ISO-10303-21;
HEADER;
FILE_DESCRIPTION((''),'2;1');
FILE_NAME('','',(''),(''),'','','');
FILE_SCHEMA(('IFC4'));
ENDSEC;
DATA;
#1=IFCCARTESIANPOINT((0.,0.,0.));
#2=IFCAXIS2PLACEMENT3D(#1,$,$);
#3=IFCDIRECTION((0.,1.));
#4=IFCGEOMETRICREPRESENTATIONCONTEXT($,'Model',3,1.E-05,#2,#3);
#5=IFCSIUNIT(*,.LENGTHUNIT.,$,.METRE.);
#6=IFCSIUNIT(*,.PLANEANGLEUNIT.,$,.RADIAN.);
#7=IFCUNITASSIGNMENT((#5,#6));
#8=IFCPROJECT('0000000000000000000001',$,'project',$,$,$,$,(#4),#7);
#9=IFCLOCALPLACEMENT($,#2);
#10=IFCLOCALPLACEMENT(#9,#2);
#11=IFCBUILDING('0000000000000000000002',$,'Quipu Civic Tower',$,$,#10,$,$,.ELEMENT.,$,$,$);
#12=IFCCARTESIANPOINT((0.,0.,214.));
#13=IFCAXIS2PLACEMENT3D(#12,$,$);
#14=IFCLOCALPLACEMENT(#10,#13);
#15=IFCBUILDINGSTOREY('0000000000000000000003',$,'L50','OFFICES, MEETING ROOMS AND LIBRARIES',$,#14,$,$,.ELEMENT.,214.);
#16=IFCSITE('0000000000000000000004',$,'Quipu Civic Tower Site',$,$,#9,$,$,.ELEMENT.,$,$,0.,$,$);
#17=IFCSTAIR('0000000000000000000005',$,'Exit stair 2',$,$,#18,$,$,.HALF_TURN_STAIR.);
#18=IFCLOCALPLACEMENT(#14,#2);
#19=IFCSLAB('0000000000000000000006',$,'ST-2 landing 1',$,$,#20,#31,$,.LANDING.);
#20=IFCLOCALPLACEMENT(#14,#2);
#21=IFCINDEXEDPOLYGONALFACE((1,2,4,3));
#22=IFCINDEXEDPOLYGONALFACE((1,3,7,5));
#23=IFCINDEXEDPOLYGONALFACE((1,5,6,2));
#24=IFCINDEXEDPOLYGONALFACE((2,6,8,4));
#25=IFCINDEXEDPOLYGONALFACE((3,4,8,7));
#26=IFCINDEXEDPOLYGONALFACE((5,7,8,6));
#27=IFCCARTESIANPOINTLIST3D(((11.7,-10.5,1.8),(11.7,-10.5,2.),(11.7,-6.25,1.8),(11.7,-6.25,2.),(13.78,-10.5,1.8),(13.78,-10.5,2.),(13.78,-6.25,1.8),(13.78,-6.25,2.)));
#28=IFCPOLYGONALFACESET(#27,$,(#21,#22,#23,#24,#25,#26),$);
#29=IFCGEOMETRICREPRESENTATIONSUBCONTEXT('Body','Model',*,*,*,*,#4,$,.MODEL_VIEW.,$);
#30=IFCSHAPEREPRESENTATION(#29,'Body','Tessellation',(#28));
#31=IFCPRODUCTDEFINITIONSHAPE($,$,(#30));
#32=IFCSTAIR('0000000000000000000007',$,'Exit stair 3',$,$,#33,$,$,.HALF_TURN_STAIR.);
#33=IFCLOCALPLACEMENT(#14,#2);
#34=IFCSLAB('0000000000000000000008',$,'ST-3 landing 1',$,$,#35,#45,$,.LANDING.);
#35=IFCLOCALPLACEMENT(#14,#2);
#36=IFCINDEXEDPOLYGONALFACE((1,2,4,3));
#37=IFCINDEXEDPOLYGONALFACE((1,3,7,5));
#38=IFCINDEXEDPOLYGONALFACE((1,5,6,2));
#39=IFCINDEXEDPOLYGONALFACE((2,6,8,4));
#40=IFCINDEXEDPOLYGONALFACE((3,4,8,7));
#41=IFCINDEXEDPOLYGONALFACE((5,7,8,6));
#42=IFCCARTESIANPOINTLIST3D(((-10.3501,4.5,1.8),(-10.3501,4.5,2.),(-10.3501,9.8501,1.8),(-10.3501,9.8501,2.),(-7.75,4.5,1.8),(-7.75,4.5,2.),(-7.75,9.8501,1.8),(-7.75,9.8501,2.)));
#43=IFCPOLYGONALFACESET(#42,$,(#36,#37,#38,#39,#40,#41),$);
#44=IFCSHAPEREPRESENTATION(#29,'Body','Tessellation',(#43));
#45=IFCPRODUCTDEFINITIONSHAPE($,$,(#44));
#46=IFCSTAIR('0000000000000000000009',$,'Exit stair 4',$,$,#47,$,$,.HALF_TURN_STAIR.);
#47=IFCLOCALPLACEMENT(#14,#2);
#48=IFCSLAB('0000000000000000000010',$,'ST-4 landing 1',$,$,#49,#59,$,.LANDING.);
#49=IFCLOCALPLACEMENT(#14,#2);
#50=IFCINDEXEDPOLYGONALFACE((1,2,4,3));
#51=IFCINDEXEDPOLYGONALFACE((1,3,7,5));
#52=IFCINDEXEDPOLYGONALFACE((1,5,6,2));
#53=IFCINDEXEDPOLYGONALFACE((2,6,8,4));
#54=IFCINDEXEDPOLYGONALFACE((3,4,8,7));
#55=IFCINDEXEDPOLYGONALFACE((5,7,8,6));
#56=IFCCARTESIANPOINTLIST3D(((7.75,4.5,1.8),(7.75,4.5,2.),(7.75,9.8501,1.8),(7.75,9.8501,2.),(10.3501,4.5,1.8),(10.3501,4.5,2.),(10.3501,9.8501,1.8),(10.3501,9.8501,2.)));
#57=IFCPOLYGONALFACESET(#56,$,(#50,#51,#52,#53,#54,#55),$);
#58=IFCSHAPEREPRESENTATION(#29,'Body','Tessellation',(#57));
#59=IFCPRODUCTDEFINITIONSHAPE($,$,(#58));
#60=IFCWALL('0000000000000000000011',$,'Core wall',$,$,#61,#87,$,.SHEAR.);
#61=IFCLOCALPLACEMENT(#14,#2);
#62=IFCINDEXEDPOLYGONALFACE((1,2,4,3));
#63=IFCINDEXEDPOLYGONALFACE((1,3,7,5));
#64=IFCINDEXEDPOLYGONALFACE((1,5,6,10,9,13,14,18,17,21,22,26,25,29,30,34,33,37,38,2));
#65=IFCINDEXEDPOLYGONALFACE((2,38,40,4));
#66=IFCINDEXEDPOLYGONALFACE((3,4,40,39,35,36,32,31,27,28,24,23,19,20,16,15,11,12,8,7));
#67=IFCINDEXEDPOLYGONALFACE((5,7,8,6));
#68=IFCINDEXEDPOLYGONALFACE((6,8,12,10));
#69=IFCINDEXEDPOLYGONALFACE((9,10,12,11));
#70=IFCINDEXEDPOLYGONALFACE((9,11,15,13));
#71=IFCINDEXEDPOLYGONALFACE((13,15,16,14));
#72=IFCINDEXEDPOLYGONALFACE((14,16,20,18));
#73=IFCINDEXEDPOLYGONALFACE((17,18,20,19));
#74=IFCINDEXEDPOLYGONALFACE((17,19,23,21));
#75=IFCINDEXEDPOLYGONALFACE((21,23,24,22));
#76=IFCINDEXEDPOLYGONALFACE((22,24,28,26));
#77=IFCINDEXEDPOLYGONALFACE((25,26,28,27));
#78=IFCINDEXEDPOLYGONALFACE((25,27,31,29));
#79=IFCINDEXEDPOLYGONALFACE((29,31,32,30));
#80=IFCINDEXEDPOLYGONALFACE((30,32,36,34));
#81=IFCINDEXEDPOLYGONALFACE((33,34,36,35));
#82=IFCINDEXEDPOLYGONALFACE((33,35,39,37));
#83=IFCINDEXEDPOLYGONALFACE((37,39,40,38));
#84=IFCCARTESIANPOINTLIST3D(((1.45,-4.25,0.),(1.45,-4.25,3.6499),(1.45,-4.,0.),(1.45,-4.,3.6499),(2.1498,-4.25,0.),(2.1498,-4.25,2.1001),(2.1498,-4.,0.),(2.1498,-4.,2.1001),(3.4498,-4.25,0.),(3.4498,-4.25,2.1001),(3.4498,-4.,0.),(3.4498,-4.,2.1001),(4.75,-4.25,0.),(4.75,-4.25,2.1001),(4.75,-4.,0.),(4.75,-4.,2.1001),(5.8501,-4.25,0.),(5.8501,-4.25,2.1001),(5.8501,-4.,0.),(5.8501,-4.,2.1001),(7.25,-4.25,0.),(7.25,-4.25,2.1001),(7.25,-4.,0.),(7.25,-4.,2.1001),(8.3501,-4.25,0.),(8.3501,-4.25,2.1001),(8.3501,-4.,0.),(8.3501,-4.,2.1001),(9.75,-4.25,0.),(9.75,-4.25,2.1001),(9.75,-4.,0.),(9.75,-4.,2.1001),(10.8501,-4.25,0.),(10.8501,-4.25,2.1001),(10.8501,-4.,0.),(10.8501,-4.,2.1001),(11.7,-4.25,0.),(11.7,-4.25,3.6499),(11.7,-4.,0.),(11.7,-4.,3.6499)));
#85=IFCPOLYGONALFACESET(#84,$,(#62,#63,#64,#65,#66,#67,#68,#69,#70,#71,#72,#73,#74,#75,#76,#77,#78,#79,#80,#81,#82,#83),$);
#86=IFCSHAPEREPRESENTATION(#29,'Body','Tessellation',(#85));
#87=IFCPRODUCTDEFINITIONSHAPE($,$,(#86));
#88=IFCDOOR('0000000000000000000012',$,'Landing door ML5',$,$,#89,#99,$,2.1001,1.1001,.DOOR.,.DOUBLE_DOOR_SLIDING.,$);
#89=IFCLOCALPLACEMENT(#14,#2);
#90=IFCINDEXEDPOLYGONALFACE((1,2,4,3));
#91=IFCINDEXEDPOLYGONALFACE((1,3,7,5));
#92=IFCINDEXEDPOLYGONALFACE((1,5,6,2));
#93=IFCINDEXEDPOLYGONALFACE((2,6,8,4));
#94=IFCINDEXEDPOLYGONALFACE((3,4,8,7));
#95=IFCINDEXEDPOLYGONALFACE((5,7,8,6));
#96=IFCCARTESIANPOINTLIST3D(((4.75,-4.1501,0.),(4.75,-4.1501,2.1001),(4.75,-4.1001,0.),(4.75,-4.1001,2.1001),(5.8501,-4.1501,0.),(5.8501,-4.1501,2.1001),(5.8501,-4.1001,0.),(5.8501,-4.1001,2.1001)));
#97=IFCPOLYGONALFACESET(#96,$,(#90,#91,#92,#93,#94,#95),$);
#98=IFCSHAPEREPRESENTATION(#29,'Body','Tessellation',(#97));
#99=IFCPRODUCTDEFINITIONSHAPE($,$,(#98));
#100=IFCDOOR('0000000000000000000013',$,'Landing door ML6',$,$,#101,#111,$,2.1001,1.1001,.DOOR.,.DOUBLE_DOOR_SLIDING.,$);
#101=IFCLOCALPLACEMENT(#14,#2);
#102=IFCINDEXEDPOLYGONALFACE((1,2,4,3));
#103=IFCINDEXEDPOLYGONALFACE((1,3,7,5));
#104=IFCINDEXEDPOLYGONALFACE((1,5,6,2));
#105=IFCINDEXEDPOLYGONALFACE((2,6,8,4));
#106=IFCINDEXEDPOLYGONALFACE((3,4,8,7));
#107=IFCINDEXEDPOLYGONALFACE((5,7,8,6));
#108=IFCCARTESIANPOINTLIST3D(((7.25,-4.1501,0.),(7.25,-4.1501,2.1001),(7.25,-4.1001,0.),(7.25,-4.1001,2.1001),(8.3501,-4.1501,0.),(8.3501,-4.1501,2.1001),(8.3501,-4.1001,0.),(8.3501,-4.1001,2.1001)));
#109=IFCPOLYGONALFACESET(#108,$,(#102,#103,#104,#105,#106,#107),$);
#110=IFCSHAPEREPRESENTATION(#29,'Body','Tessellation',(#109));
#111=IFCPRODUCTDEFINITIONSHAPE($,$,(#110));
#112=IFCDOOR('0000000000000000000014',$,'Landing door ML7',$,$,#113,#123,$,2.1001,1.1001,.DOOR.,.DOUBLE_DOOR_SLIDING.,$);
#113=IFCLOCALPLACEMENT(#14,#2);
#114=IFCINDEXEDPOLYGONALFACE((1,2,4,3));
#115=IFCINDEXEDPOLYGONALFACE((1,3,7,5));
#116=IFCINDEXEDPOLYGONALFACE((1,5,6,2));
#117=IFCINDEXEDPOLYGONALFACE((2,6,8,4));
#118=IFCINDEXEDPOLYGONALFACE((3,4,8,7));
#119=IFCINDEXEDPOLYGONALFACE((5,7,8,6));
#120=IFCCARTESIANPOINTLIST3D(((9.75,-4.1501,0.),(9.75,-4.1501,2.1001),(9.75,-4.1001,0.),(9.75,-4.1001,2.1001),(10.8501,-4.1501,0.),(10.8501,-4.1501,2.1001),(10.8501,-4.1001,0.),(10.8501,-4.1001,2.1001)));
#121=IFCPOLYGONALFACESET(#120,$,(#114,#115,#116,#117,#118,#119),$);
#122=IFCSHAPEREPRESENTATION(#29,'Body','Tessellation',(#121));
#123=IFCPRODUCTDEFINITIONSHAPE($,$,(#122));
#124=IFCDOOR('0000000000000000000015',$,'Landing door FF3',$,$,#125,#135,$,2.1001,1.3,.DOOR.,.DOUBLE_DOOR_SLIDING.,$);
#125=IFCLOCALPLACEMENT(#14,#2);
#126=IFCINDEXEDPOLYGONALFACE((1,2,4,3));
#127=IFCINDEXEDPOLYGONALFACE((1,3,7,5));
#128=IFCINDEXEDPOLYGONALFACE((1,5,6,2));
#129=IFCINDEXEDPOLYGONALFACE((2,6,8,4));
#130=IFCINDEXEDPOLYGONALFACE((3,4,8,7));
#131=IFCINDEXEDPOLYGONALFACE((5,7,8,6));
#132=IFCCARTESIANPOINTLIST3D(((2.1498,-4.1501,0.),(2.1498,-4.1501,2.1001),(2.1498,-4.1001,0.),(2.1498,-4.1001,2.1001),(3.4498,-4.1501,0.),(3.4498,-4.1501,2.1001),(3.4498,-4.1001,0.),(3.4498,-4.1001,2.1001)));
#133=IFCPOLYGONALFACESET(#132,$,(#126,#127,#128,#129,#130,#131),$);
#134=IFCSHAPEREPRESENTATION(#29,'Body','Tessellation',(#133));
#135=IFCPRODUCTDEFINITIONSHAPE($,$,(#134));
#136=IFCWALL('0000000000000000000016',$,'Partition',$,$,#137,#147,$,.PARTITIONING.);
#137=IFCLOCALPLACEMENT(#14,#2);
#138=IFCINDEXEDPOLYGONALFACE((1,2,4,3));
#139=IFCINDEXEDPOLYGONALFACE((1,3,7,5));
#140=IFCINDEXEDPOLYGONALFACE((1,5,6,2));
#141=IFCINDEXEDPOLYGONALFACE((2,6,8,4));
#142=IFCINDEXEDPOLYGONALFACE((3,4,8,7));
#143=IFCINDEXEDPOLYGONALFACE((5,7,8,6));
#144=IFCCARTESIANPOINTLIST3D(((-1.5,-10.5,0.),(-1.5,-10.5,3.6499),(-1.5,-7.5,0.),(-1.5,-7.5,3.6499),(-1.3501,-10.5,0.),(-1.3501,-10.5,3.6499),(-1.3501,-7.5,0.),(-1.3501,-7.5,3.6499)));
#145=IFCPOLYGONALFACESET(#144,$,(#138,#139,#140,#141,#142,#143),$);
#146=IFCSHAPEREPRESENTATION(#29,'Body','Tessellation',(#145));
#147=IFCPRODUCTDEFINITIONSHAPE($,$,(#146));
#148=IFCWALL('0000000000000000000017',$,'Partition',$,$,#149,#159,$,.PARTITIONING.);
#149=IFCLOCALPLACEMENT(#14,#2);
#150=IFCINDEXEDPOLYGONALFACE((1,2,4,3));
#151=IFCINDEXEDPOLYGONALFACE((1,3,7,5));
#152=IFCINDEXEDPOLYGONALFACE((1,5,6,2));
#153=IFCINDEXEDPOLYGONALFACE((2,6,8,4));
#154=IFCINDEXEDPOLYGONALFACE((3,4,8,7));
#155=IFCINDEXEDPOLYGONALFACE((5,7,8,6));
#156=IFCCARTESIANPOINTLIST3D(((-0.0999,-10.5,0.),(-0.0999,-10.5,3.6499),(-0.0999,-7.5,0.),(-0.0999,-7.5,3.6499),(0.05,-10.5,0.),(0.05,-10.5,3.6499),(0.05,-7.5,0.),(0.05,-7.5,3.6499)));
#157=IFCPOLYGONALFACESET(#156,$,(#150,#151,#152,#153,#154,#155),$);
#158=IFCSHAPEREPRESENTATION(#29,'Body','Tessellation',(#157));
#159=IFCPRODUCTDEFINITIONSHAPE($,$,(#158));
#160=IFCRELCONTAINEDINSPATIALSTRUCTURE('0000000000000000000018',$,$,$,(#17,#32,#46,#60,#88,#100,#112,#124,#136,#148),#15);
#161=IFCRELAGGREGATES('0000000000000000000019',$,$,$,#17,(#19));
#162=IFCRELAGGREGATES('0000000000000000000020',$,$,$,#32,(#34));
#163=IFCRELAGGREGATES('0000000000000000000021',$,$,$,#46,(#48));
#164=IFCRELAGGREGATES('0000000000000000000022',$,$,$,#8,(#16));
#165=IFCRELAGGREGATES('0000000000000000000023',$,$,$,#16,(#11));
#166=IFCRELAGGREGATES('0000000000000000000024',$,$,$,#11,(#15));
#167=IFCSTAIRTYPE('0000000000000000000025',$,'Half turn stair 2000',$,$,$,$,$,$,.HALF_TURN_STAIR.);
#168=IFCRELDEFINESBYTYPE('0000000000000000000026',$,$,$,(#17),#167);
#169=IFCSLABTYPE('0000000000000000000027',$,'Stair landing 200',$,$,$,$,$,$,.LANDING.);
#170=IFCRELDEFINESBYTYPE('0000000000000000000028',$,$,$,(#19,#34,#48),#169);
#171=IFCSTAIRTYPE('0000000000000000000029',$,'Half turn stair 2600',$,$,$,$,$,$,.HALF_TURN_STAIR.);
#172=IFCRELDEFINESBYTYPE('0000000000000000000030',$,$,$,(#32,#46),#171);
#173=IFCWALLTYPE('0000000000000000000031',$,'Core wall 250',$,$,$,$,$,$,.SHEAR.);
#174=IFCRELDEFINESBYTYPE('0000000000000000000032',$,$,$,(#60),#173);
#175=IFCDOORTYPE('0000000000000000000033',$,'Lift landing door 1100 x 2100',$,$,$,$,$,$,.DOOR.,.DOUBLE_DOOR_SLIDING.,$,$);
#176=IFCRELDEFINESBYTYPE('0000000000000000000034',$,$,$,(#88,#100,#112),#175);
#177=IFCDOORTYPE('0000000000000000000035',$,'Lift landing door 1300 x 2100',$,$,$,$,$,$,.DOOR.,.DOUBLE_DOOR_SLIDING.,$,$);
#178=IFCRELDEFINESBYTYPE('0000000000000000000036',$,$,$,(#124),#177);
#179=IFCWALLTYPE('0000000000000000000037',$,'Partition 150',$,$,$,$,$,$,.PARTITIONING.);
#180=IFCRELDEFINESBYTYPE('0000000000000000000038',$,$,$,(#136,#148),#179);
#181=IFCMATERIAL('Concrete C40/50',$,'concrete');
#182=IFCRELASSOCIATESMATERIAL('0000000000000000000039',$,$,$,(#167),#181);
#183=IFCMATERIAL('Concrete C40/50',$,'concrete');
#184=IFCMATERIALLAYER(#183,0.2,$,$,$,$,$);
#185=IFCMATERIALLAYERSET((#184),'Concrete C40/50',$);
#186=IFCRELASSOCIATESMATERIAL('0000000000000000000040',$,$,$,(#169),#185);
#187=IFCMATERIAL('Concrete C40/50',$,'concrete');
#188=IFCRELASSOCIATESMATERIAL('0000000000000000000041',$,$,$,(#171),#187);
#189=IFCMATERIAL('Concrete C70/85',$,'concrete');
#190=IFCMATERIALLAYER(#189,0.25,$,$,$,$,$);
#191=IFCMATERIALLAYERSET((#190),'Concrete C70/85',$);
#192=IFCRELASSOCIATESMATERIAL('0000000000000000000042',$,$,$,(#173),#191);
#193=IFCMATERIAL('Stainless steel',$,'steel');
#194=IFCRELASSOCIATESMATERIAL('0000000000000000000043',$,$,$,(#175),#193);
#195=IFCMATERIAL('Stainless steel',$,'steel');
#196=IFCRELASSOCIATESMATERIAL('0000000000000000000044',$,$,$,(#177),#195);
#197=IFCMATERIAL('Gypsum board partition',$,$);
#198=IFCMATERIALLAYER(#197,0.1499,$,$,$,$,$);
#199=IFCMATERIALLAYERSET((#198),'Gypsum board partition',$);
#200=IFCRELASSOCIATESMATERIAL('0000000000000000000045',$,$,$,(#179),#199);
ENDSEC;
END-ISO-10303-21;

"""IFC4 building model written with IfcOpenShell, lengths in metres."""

from ifc_helpers import new_model, si_unit, direction, frame, frame_2d, origin, place, context, subcontext, project, spatial, polyline, rectangle, outline, extrude, material, layer, layer_set, type_object, element, fill, aggregate, save


model = new_model("IFC4")

# Units and contexts
model_context = context("Model", 3, precision=1e-05, world=origin(), true_north=direction((0.0, 1.0)))
body_context = subcontext(model_context, "Body", "Model", "MODEL_VIEW")
ifc_project = project(units=[si_unit("LENGTHUNIT", "METRE"), si_unit("PLANEANGLEUNIT", "RADIAN")], contexts=[model_context])

# Site, building, storey
site_placement = place(None, origin())
site = spatial("IfcSite", under=ifc_project, at=site_placement, Name="Quipu Civic Tower Site", CompositionType="ELEMENT", RefElevation=0.0)
building_placement = place(site_placement, origin())
building = spatial("IfcBuilding", under=site, at=building_placement, Name="Quipu Civic Tower", CompositionType="ELEMENT")
storey_placement = place(building_placement, frame((0.0, 0.0, 214.0)))
storey = spatial("IfcBuildingStorey", under=building, at=storey_placement, Name="L50", Description="OFFICES, MEETING ROOMS AND LIBRARIES", CompositionType="ELEMENT", Elevation=214.0)

# Stairs, slabs
ifc_material_1 = material(Name="Concrete C40/50", Category="concrete")
stair_type_1 = type_object("IfcStairType", Name="Half turn stair 2000", PredefinedType="HALF_TURN_STAIR", material=ifc_material_1)
ifc_material_2 = material(Name="Concrete C40/50", Category="concrete")
ifc_layer_1 = layer(ifc_material_2, 0.2)
ifc_layer_set_1 = layer_set([ifc_layer_1], Name="Concrete C40/50")
slab_type_1 = type_object("IfcSlabType", Name="Stair landing 200", PredefinedType="LANDING", material=ifc_layer_set_1)
stair_1_placement = place(storey_placement, origin())
stair_1 = element("IfcStair", 1, at=stair_1_placement, inside=storey, type_object=stair_type_1, Name="Exit stair 2", PredefinedType="HALF_TURN_STAIR")
slab_1_placement = place(storey_placement, frame((0.0, 0.0, 1.8)))
slab_1 = element("IfcSlab", 2, at=slab_1_placement, type_object=slab_type_1, Name="ST-2 landing 1", PredefinedType="LANDING", context=body_context, shape_type="SweptSolid", body=[
    extrude(outline(polyline([(13.78, -6.25), (11.7, -6.25), (11.7, -10.5), (13.78, -10.5), (13.78, -6.25)])), origin(), (0.0, 0.0, 1.0), 0.2),
])
aggregate(stair_1, [slab_1])
ifc_material_3 = material(Name="Concrete C40/50", Category="concrete")
stair_type_2 = type_object("IfcStairType", Name="Half turn stair 2600", PredefinedType="HALF_TURN_STAIR", material=ifc_material_3)
stair_2_placement = place(storey_placement, origin())
stair_2 = element("IfcStair", 3, at=stair_2_placement, inside=storey, type_object=stair_type_2, Name="Exit stair 3", PredefinedType="HALF_TURN_STAIR")
slab_2_placement = place(storey_placement, frame((0.0, 0.0, 1.8)))
slab_2 = element("IfcSlab", 4, at=slab_2_placement, type_object=slab_type_1, Name="ST-3 landing 1", PredefinedType="LANDING", context=body_context, shape_type="SweptSolid", body=[
    extrude(outline(polyline([(-10.3501, 4.5), (-7.75, 4.5), (-7.75, 9.8501), (-10.3501, 9.8501), (-10.3501, 4.5)])), origin(), (0.0, 0.0, 1.0), 0.2),
])
aggregate(stair_2, [slab_2])
stair_3_placement = place(storey_placement, origin())
stair_3 = element("IfcStair", 5, at=stair_3_placement, inside=storey, type_object=stair_type_2, Name="Exit stair 4", PredefinedType="HALF_TURN_STAIR")
slab_3_placement = place(storey_placement, frame((0.0, 0.0, 1.8)))
slab_3 = element("IfcSlab", 6, at=slab_3_placement, type_object=slab_type_1, Name="ST-4 landing 1", PredefinedType="LANDING", context=body_context, shape_type="SweptSolid", body=[
    extrude(outline(polyline([(10.3501, 9.8501), (7.75, 9.8501), (7.75, 4.5), (10.3501, 4.5), (10.3501, 9.8501)])), origin(), (0.0, 0.0, 1.0), 0.2),
])
aggregate(stair_3, [slab_3])

# Wall, openings, doors
ifc_material_4 = material(Name="Concrete C70/85", Category="concrete")
ifc_layer_2 = layer(ifc_material_4, 0.25)
ifc_layer_set_2 = layer_set([ifc_layer_2], Name="Concrete C70/85")
wall_type_1 = type_object("IfcWallType", Name="Core wall 250", PredefinedType="SHEAR", material=ifc_layer_set_2)
wall_1_placement = place(storey_placement, frame((1.45, -4.125, 0.0), z_axis=(0.0, 0.0, 1.0), x_axis=(1.0, 0.0, 0.0)))
wall_1 = element("IfcWall", 7, at=wall_1_placement, inside=storey, type_object=wall_type_1, Name="Core wall", PredefinedType="SHEAR", context=body_context, shape_type="SweptSolid", body=[
    extrude(rectangle(XDim=10.25, YDim=0.25, at=frame_2d((5.125, 0.0))), origin(), (0.0, 0.0, 1.0), 3.6499),
])
opening_1_placement = place(wall_1_placement, frame((0.7, 0.0, 0.0)))
opening_1 = element("IfcOpeningElement", 8, at=opening_1_placement, cuts=wall_1, PredefinedType="OPENING", context=body_context, shape_type="SweptSolid", body=[
    extrude(rectangle(XDim=1.3, YDim=2.1001, at=frame_2d((0.6499, 1.05))), frame((0.0, 0.135, 0.0), z_axis=(0.0, -1.0, 0.0), x_axis=(1.0, 0.0, 0.0)), (0.0, 0.0, 1.0), 0.27),
])
opening_2_placement = place(wall_1_placement, frame((3.3, 0.0, 0.0)))
opening_2 = element("IfcOpeningElement", 9, at=opening_2_placement, cuts=wall_1, PredefinedType="OPENING", context=body_context, shape_type="SweptSolid", body=[
    extrude(rectangle(XDim=1.1001, YDim=2.1001, at=frame_2d((0.55, 1.05))), frame((0.0, 0.135, 0.0), z_axis=(0.0, -1.0, 0.0), x_axis=(1.0, 0.0, 0.0)), (0.0, 0.0, 1.0), 0.27),
])
opening_3_placement = place(wall_1_placement, frame((5.8, 0.0, 0.0)))
opening_3 = element("IfcOpeningElement", 10, at=opening_3_placement, cuts=wall_1, PredefinedType="OPENING", context=body_context, shape_type="SweptSolid", body=[
    extrude(rectangle(XDim=1.1001, YDim=2.1001, at=frame_2d((0.55, 1.05))), frame((0.0, 0.135, 0.0), z_axis=(0.0, -1.0, 0.0), x_axis=(1.0, 0.0, 0.0)), (0.0, 0.0, 1.0), 0.27),
])
opening_4_placement = place(wall_1_placement, frame((8.3, 0.0, 0.0)))
opening_4 = element("IfcOpeningElement", 11, at=opening_4_placement, cuts=wall_1, PredefinedType="OPENING", context=body_context, shape_type="SweptSolid", body=[
    extrude(rectangle(XDim=1.1001, YDim=2.1001, at=frame_2d((0.55, 1.05))), frame((0.0, 0.135, 0.0), z_axis=(0.0, -1.0, 0.0), x_axis=(1.0, 0.0, 0.0)), (0.0, 0.0, 1.0), 0.27),
])
ifc_material_5 = material(Name="Stainless steel", Category="steel")
door_type_1 = type_object("IfcDoorType", Name="Lift landing door 1100 x 2100", OperationType="DOUBLE_DOOR_SLIDING", PredefinedType="DOOR", material=ifc_material_5)
door_1_placement = place(opening_2_placement, origin())
door_1 = element("IfcDoor", 12, at=door_1_placement, inside=storey, type_object=door_type_1, Name="Landing door ML5", OperationType="DOUBLE_DOOR_SLIDING", OverallHeight=2.1001, OverallWidth=1.1001, PredefinedType="DOOR", context=body_context, shape_type="SweptSolid", body=[
    extrude(rectangle(XDim=1.1001, YDim=2.1001, at=frame_2d((0.55, 1.05))), frame((0.0, 0.0249, 0.0), z_axis=(0.0, -1.0, 0.0), x_axis=(1.0, 0.0, 0.0)), (0.0, 0.0, 1.0), 0.05),
])
fill(opening_2, door_1)
door_2_placement = place(opening_3_placement, origin())
door_2 = element("IfcDoor", 13, at=door_2_placement, inside=storey, type_object=door_type_1, Name="Landing door ML6", OperationType="DOUBLE_DOOR_SLIDING", OverallHeight=2.1001, OverallWidth=1.1001, PredefinedType="DOOR", context=body_context, shape_type="SweptSolid", body=[
    extrude(rectangle(XDim=1.1001, YDim=2.1001, at=frame_2d((0.55, 1.05))), frame((0.0, 0.0249, 0.0), z_axis=(0.0, -1.0, 0.0), x_axis=(1.0, 0.0, 0.0)), (0.0, 0.0, 1.0), 0.05),
])
fill(opening_3, door_2)
door_3_placement = place(opening_4_placement, origin())
door_3 = element("IfcDoor", 14, at=door_3_placement, inside=storey, type_object=door_type_1, Name="Landing door ML7", OperationType="DOUBLE_DOOR_SLIDING", OverallHeight=2.1001, OverallWidth=1.1001, PredefinedType="DOOR", context=body_context, shape_type="SweptSolid", body=[
    extrude(rectangle(XDim=1.1001, YDim=2.1001, at=frame_2d((0.55, 1.05))), frame((0.0, 0.0249, 0.0), z_axis=(0.0, -1.0, 0.0), x_axis=(1.0, 0.0, 0.0)), (0.0, 0.0, 1.0), 0.05),
])
fill(opening_4, door_3)
ifc_material_6 = material(Name="Stainless steel", Category="steel")
door_type_2 = type_object("IfcDoorType", Name="Lift landing door 1300 x 2100", OperationType="DOUBLE_DOOR_SLIDING", PredefinedType="DOOR", material=ifc_material_6)
door_4_placement = place(opening_1_placement, origin())
door_4 = element("IfcDoor", 15, at=door_4_placement, inside=storey, type_object=door_type_2, Name="Landing door FF3", OperationType="DOUBLE_DOOR_SLIDING", OverallHeight=2.1001, OverallWidth=1.3, PredefinedType="DOOR", context=body_context, shape_type="SweptSolid", body=[
    extrude(rectangle(XDim=1.3, YDim=2.1001, at=frame_2d((0.6499, 1.05))), frame((0.0, 0.0249, 0.0), z_axis=(0.0, -1.0, 0.0), x_axis=(1.0, 0.0, 0.0)), (0.0, 0.0, 1.0), 0.05),
])
fill(opening_1, door_4)

# Walls
ifc_material_7 = material(Name="Gypsum board partition")
ifc_layer_3 = layer(ifc_material_7, 0.1499)
ifc_layer_set_3 = layer_set([ifc_layer_3], Name="Gypsum board partition")
wall_type_2 = type_object("IfcWallType", Name="Partition 150", PredefinedType="PARTITIONING", material=ifc_layer_set_3)
for number, where, z_axis, x_axis, name in (
    (16, (-1.425, -10.5, 0.0), (0.0, 0.0, 1.0), (0.0, 1.0, 0.0), "Partition"),
    (17, (-0.0249, -10.5, 0.0), (0.0, 0.0, 1.0), (0.0, 1.0, 0.0), "Partition"),
):
    element("IfcWall", number, at=place(storey_placement, frame(where, z_axis=z_axis, x_axis=x_axis)), inside=storey, type_object=wall_type_2, Name=name, PredefinedType="PARTITIONING", context=body_context, shape_type="SweptSolid", body=[
        extrude(rectangle(XDim=3.0, YDim=0.1499, at=frame_2d((1.5, 0.0))), origin(), (0.0, 0.0, 1.0), 3.6499),
    ])

save(model, "model.ifc")
